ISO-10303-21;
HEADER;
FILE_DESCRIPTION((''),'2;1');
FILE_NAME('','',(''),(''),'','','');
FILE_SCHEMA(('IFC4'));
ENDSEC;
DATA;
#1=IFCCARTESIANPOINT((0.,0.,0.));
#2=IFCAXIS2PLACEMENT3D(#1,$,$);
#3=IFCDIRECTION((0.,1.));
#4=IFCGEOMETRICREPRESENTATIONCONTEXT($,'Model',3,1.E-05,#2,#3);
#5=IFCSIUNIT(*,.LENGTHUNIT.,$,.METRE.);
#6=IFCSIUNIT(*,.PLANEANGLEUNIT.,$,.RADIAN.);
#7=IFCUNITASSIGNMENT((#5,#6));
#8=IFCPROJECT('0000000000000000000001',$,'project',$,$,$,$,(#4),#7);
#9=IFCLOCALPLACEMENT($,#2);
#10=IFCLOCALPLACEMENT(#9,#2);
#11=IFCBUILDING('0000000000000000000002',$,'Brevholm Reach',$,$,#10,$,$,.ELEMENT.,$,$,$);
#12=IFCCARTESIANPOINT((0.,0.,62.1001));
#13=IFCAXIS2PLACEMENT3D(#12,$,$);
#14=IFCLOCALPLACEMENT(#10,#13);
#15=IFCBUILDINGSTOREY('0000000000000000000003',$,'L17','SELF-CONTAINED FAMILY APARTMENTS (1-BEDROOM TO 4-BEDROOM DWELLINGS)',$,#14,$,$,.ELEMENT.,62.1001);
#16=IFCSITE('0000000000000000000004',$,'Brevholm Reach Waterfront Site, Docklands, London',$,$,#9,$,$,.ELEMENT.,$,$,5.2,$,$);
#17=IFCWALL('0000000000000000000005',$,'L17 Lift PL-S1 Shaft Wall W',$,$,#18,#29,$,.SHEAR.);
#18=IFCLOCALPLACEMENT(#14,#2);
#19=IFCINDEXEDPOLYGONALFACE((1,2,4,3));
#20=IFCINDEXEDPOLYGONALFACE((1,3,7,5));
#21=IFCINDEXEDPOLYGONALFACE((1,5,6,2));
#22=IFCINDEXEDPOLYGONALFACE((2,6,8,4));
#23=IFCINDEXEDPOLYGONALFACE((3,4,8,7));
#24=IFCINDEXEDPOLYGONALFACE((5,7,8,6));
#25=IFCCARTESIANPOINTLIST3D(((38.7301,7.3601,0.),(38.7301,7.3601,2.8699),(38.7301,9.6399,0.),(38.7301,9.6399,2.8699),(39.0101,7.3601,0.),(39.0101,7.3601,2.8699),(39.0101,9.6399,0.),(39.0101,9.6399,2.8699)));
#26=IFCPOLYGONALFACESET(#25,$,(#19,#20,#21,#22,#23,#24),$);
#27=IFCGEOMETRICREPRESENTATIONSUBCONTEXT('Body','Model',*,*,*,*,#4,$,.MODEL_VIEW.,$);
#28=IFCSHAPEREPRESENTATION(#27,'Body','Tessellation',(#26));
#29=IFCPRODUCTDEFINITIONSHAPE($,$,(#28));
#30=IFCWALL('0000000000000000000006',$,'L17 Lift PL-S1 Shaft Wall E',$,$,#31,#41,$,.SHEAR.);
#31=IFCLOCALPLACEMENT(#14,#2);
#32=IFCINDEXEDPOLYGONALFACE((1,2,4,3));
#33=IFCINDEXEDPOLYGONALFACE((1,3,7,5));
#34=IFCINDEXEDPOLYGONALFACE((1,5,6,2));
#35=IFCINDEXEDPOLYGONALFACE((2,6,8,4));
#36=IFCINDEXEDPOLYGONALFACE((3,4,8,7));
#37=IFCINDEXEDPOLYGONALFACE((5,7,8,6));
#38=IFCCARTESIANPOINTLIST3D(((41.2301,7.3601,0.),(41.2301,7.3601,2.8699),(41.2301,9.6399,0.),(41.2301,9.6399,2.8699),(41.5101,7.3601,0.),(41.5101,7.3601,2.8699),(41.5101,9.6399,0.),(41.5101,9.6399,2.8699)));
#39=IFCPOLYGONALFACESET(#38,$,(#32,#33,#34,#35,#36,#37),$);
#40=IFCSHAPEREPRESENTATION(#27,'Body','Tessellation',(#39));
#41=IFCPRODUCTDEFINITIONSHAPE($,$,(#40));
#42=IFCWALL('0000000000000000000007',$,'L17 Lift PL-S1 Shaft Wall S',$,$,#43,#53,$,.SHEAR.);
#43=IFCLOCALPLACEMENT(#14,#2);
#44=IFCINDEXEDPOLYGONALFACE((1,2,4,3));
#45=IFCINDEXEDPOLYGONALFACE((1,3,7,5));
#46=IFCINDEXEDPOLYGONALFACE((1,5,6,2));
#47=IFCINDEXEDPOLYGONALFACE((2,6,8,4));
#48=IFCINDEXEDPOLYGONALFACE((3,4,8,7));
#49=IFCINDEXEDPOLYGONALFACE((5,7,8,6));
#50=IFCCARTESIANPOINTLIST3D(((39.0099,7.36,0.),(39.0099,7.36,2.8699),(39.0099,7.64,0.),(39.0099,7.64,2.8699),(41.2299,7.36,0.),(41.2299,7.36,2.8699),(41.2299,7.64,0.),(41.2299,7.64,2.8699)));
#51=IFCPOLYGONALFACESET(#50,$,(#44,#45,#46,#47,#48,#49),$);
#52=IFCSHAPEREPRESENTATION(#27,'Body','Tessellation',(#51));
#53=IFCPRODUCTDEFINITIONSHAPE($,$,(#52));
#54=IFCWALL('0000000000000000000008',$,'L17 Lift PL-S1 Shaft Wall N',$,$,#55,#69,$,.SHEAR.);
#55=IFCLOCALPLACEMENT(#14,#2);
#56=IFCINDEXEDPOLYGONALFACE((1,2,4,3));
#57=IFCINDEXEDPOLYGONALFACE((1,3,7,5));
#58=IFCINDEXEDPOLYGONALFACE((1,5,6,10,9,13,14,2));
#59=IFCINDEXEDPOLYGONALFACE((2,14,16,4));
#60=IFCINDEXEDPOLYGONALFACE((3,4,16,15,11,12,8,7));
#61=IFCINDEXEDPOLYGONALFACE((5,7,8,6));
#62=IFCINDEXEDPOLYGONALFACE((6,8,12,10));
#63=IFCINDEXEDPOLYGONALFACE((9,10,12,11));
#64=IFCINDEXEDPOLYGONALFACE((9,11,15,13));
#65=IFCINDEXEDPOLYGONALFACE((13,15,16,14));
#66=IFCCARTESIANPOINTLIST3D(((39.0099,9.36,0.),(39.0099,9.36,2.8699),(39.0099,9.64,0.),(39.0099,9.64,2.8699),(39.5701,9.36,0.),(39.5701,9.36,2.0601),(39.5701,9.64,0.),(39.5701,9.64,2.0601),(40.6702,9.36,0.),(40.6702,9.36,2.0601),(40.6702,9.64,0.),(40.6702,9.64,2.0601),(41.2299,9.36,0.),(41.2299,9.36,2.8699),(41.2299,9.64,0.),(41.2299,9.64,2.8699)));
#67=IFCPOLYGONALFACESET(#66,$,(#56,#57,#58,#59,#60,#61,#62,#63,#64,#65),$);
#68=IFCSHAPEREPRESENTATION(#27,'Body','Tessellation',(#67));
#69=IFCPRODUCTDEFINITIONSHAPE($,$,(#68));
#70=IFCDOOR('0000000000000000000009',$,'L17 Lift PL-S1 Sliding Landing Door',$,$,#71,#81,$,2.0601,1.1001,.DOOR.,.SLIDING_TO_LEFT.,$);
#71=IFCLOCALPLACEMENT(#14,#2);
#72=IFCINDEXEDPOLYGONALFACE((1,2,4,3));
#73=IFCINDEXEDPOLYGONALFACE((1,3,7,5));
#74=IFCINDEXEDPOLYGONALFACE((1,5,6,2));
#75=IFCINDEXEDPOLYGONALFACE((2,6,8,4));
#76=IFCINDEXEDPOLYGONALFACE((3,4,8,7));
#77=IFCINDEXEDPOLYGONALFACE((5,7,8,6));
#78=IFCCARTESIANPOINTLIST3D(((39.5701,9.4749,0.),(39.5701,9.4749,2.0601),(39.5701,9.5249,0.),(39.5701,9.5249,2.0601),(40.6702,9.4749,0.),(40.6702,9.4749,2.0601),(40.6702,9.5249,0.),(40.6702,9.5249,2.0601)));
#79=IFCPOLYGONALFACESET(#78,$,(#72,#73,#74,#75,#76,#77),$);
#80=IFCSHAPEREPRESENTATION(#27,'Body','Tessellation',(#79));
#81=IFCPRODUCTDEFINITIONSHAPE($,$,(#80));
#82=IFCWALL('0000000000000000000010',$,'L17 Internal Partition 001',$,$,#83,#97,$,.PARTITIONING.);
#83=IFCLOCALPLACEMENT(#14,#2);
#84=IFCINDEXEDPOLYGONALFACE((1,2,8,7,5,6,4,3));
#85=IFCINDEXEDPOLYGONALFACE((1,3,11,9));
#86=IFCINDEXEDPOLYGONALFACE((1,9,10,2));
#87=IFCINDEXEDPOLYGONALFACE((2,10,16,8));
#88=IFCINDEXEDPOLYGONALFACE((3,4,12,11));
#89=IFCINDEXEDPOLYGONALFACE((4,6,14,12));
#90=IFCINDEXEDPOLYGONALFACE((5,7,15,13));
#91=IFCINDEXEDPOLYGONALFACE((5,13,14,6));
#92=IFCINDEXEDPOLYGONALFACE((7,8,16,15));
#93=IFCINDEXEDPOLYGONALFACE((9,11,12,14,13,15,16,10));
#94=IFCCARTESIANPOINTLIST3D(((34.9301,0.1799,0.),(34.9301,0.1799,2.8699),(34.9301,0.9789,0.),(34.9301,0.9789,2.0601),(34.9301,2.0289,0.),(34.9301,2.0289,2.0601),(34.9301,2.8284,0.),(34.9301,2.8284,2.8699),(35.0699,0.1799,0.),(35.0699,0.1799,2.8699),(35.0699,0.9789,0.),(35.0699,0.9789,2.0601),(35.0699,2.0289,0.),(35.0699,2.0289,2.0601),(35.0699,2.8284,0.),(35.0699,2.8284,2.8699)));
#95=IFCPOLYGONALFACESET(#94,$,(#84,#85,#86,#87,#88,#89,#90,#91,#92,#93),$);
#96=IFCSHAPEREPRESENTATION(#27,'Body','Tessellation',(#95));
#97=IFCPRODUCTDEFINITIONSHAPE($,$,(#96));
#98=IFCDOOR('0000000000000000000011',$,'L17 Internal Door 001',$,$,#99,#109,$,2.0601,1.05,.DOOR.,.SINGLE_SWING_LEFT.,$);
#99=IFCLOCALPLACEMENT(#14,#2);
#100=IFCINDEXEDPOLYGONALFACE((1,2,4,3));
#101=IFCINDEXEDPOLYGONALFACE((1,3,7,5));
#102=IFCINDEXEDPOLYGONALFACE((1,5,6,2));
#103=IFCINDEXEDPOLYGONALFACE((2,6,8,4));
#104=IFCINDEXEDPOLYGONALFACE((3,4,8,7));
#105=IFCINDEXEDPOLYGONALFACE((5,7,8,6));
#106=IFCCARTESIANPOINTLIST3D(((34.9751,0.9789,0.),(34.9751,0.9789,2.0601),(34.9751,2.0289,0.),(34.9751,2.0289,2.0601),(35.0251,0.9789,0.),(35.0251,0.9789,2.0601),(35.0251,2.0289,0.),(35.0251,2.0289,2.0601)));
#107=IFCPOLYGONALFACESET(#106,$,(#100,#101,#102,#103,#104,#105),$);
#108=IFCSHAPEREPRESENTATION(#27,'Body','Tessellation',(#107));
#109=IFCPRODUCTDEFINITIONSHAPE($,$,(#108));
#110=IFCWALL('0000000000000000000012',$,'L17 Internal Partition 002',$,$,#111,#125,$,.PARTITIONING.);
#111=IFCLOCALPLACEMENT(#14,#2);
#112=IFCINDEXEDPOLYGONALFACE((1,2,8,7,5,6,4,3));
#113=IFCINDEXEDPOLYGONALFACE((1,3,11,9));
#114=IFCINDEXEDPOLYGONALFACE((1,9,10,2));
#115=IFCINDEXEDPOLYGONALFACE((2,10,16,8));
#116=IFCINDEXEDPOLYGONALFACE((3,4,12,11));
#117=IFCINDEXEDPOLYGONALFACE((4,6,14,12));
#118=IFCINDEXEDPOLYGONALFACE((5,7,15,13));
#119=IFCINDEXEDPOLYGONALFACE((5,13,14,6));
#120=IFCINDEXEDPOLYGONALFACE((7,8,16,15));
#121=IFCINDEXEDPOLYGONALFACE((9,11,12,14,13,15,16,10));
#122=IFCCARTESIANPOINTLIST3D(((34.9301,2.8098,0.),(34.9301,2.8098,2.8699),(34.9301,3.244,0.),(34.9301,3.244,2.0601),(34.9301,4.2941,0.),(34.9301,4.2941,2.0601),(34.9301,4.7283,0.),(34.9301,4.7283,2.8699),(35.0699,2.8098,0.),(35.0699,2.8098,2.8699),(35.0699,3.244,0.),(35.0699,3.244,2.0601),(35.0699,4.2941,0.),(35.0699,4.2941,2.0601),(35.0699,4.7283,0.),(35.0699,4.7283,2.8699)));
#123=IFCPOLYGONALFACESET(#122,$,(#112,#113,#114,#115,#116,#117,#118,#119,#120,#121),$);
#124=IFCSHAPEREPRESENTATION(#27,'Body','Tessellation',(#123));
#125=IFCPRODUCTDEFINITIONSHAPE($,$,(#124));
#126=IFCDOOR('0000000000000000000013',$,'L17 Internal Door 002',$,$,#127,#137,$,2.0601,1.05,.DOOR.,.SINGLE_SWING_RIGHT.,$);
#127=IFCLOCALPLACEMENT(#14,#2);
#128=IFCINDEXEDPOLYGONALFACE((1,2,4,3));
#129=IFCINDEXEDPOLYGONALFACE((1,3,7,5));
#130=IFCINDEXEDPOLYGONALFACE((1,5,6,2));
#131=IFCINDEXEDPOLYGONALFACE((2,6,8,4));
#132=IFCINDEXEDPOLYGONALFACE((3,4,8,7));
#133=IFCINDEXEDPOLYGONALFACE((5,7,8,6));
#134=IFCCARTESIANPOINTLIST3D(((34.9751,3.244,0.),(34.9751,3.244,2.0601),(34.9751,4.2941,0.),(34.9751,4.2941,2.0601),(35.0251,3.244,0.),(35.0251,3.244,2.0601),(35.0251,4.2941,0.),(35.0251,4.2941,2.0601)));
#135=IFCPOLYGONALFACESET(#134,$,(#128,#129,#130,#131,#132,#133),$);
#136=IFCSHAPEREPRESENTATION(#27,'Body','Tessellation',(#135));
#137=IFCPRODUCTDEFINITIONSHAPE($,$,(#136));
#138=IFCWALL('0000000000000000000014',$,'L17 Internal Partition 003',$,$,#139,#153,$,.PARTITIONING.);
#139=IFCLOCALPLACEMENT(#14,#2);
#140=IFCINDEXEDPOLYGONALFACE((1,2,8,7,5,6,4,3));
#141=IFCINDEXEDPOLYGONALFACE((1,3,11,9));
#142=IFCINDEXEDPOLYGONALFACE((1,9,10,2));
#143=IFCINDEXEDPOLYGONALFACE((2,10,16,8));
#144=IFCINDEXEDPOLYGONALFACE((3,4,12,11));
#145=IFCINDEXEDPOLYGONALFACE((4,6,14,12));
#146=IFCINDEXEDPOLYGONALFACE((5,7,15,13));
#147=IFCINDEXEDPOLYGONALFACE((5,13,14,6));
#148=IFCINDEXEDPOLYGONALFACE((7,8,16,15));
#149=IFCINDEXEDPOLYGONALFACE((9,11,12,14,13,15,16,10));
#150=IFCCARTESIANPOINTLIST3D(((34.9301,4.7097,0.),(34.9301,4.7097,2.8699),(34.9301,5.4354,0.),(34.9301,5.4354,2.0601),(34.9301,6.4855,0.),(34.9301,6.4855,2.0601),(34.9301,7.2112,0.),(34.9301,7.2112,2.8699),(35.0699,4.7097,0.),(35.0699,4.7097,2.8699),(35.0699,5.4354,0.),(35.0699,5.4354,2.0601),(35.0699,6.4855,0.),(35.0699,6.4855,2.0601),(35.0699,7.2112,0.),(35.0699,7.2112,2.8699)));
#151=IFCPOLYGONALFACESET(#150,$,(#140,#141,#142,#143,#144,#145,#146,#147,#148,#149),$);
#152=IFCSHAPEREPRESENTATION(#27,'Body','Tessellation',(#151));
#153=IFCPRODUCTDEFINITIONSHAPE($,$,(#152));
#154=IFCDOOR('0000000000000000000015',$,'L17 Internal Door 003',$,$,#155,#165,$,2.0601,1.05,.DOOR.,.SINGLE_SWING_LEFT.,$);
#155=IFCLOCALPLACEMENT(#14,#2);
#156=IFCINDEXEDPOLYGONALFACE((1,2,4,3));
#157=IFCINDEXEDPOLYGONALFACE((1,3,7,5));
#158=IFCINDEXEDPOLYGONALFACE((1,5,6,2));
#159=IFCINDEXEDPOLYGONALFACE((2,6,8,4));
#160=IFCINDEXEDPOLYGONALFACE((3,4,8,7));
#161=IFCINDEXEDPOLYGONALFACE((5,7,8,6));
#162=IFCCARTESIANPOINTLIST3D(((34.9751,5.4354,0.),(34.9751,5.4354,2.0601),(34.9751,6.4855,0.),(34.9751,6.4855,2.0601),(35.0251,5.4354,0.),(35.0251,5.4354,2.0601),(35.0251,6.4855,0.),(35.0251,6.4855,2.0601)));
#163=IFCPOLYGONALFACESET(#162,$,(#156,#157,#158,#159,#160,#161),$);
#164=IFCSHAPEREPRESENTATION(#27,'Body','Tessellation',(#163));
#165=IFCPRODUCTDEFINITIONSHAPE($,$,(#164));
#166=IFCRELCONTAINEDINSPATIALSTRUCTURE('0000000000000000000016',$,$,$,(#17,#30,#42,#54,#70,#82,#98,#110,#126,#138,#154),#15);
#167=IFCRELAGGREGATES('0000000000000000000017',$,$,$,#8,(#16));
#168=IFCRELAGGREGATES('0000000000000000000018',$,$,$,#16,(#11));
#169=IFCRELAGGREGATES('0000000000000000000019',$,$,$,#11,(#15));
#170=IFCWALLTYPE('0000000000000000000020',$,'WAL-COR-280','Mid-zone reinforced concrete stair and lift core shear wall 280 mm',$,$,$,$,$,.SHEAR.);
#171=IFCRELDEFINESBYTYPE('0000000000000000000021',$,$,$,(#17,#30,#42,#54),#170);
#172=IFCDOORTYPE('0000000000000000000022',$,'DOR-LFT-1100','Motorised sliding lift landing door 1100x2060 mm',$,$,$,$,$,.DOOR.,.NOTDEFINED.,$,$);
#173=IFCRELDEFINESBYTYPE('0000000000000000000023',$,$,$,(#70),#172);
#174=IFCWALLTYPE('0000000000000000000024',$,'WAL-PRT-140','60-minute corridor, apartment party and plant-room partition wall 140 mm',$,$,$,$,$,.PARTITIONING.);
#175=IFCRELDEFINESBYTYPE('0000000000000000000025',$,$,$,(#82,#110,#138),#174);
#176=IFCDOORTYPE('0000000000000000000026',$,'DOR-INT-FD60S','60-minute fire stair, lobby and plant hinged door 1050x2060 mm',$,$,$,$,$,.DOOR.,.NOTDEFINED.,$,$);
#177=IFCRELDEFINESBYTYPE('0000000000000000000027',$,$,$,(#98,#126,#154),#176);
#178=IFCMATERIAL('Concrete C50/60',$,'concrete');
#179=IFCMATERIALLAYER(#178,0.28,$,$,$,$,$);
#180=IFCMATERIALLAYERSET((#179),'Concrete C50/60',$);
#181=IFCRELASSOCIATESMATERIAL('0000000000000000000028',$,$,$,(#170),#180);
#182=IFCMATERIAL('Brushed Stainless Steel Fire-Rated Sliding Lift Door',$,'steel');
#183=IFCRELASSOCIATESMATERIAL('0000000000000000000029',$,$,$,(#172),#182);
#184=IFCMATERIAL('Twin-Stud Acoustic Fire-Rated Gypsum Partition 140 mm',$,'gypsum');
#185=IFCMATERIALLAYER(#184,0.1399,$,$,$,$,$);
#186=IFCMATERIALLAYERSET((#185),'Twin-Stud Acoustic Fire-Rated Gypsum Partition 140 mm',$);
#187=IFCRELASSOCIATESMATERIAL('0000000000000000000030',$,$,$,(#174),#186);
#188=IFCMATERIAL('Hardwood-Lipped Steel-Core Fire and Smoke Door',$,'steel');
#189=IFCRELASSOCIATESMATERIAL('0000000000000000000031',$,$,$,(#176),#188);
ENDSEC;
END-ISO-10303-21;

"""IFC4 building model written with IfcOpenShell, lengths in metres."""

from ifc_helpers import new_model, si_unit, direction, frame, frame_2d, origin, place, context, subcontext, project, spatial, rectangle, extrude, material, layer, layer_set, type_object, element, fill, save


model = new_model("IFC4")

# Units and contexts
model_context = context("Model", 3, precision=1e-05, world=origin(), true_north=direction((0.0, 1.0)))
body_context = subcontext(model_context, "Body", "Model", "MODEL_VIEW")
ifc_project = project(units=[si_unit("LENGTHUNIT", "METRE"), si_unit("PLANEANGLEUNIT", "RADIAN")], contexts=[model_context])

# Site, building, storey
site_placement = place(None, origin())
site = spatial("IfcSite", under=ifc_project, at=site_placement, Name="Brevholm Reach Waterfront Site, Docklands, London", CompositionType="ELEMENT", RefElevation=5.2)
building_placement = place(site_placement, origin())
building = spatial("IfcBuilding", under=site, at=building_placement, Name="Brevholm Reach", CompositionType="ELEMENT")
storey_placement = place(building_placement, frame((0.0, 0.0, 62.1001)))
storey = spatial("IfcBuildingStorey", under=building, at=storey_placement, Name="L17", Description="SELF-CONTAINED FAMILY APARTMENTS (1-BEDROOM TO 4-BEDROOM DWELLINGS)", CompositionType="ELEMENT", Elevation=62.1001)

# Walls
ifc_material_1 = material(Name="Concrete C50/60", Category="concrete")
ifc_layer_1 = layer(ifc_material_1, 0.28)
ifc_layer_set_1 = layer_set([ifc_layer_1], Name="Concrete C50/60")
wall_type_1 = type_object("IfcWallType", Name="WAL-COR-280", Description="Mid-zone reinforced concrete stair and lift core shear wall 280 mm", PredefinedType="SHEAR", material=ifc_layer_set_1)
for number, where, z_axis, x_axis, name in (
    (1, (38.8701, 7.3601, 0.0), (0.0, 0.0, 1.0), (0.0, 1.0, 0.0), "L17 Lift PL-S1 Shaft Wall W"),
    (2, (41.3701, 7.3601, 0.0), (0.0, 0.0, 1.0), (0.0, 1.0, 0.0), "L17 Lift PL-S1 Shaft Wall E"),
):
    element("IfcWall", number, at=place(storey_placement, frame(where, z_axis=z_axis, x_axis=x_axis)), inside=storey, type_object=wall_type_1, Name=name, PredefinedType="SHEAR", context=body_context, shape_type="SweptSolid", body=[
        extrude(rectangle(XDim=2.2798, YDim=0.28, at=frame_2d((1.1399, 0.0))), origin(), (0.0, 0.0, 1.0), 2.8699),
    ])
wall_1_placement = place(storey_placement, frame((39.01, 7.5, 0.0), z_axis=(0.0, 0.0, 1.0), x_axis=(1.0, 0.0, 0.0)))
element("IfcWall", 3, at=wall_1_placement, inside=storey, type_object=wall_type_1, Name="L17 Lift PL-S1 Shaft Wall S", PredefinedType="SHEAR", context=body_context, shape_type="SweptSolid", body=[
    extrude(rectangle(XDim=2.22, YDim=0.28, at=frame_2d((1.1099, 0.0))), origin(), (0.0, 0.0, 1.0), 2.8699),
])

# Walls, openings, doors
wall_2_placement = place(storey_placement, frame((39.01, 9.5, 0.0), z_axis=(0.0, 0.0, 1.0), x_axis=(1.0, 0.0, 0.0)))
wall_2 = element("IfcWall", 4, at=wall_2_placement, inside=storey, type_object=wall_type_1, Name="L17 Lift PL-S1 Shaft Wall N", PredefinedType="SHEAR", context=body_context, shape_type="SweptSolid", body=[
    extrude(rectangle(XDim=2.22, YDim=0.28, at=frame_2d((1.1099, 0.0))), origin(), (0.0, 0.0, 1.0), 2.8699),
])
opening_1_placement = place(wall_2_placement, frame((0.5601, 0.0, 0.0)))
opening_1 = element("IfcOpeningElement", 5, at=opening_1_placement, cuts=wall_2, PredefinedType="OPENING", context=body_context, shape_type="SweptSolid", body=[
    extrude(rectangle(XDim=1.1001, YDim=2.0601, at=frame_2d((0.55, 1.03))), frame((0.0, 0.1499, 0.0), z_axis=(0.0, -1.0, 0.0), x_axis=(1.0, 0.0, 0.0)), (0.0, 0.0, 1.0), 0.3),
])
ifc_material_2 = material(Name="Brushed Stainless Steel Fire-Rated Sliding Lift Door", Category="steel")
door_type_1 = type_object("IfcDoorType", Name="DOR-LFT-1100", Description="Motorised sliding lift landing door 1100x2060 mm", OperationType="NOTDEFINED", PredefinedType="DOOR", material=ifc_material_2)
door_1_placement = place(opening_1_placement, origin())
door_1 = element("IfcDoor", 6, at=door_1_placement, inside=storey, type_object=door_type_1, Name="L17 Lift PL-S1 Sliding Landing Door", OperationType="SLIDING_TO_LEFT", OverallHeight=2.0601, OverallWidth=1.1001, PredefinedType="DOOR", context=body_context, shape_type="SweptSolid", body=[
    extrude(rectangle(XDim=1.1001, YDim=2.0601, at=frame_2d((0.55, 1.03))), frame((0.0, 0.0249, 0.0), z_axis=(0.0, -1.0, 0.0), x_axis=(1.0, 0.0, 0.0)), (0.0, 0.0, 1.0), 0.05),
])
fill(opening_1, door_1)
ifc_material_3 = material(Name="Twin-Stud Acoustic Fire-Rated Gypsum Partition 140 mm", Category="gypsum")
ifc_layer_2 = layer(ifc_material_3, 0.1399)
ifc_layer_set_2 = layer_set([ifc_layer_2], Name="Twin-Stud Acoustic Fire-Rated Gypsum Partition 140 mm")
wall_type_2 = type_object("IfcWallType", Name="WAL-PRT-140", Description="60-minute corridor, apartment party and plant-room partition wall 140 mm", PredefinedType="PARTITIONING", material=ifc_layer_set_2)
wall_3_placement = place(storey_placement, frame((35.0, 0.1799, 0.0), z_axis=(0.0, 0.0, 1.0), x_axis=(0.0, 1.0, 0.0)))
wall_3 = element("IfcWall", 7, at=wall_3_placement, inside=storey, type_object=wall_type_2, Name="L17 Internal Partition 001", PredefinedType="PARTITIONING", context=body_context, shape_type="SweptSolid", body=[
    extrude(rectangle(XDim=2.6484, YDim=0.1399, at=frame_2d((1.3242, 0.0))), origin(), (0.0, 0.0, 1.0), 2.8699),
])
opening_2_placement = place(wall_3_placement, frame((0.7991, 0.0, 0.0)))
opening_2 = element("IfcOpeningElement", 8, at=opening_2_placement, cuts=wall_3, PredefinedType="OPENING", context=body_context, shape_type="SweptSolid", body=[
    extrude(rectangle(XDim=1.05, YDim=2.0601, at=frame_2d((0.5249, 1.03))), frame((0.0, 0.0798, 0.0), z_axis=(0.0, -1.0, 0.0), x_axis=(1.0, 0.0, 0.0)), (0.0, 0.0, 1.0), 0.1599),
])
ifc_material_4 = material(Name="Hardwood-Lipped Steel-Core Fire and Smoke Door", Category="steel")
door_type_2 = type_object("IfcDoorType", Name="DOR-INT-FD60S", Description="60-minute fire stair, lobby and plant hinged door 1050x2060 mm", OperationType="NOTDEFINED", PredefinedType="DOOR", material=ifc_material_4)
door_2_placement = place(opening_2_placement, origin())
door_2 = element("IfcDoor", 9, at=door_2_placement, inside=storey, type_object=door_type_2, Name="L17 Internal Door 001", OperationType="SINGLE_SWING_LEFT", OverallHeight=2.0601, OverallWidth=1.05, PredefinedType="DOOR", context=body_context, shape_type="SweptSolid", body=[
    extrude(rectangle(XDim=1.05, YDim=2.0601, at=frame_2d((0.5249, 1.03))), frame((0.0, 0.0249, 0.0), z_axis=(0.0, -1.0, 0.0), x_axis=(1.0, 0.0, 0.0)), (0.0, 0.0, 1.0), 0.05),
])
fill(opening_2, door_2)
wall_4_placement = place(storey_placement, frame((35.0, 2.8098, 0.0), z_axis=(0.0, 0.0, 1.0), x_axis=(0.0, 1.0, 0.0)))
wall_4 = element("IfcWall", 10, at=wall_4_placement, inside=storey, type_object=wall_type_2, Name="L17 Internal Partition 002", PredefinedType="PARTITIONING", context=body_context, shape_type="SweptSolid", body=[
    extrude(rectangle(XDim=1.9185, YDim=0.1399, at=frame_2d((0.9592, 0.0))), origin(), (0.0, 0.0, 1.0), 2.8699),
])
opening_3_placement = place(wall_4_placement, frame((0.4343, 0.0, 0.0)))
opening_3 = element("IfcOpeningElement", 11, at=opening_3_placement, cuts=wall_4, PredefinedType="OPENING", context=body_context, shape_type="SweptSolid", body=[
    extrude(rectangle(XDim=1.05, YDim=2.0601, at=frame_2d((0.5249, 1.03))), frame((0.0, 0.0798, 0.0), z_axis=(0.0, -1.0, 0.0), x_axis=(1.0, 0.0, 0.0)), (0.0, 0.0, 1.0), 0.1599),
])
door_3_placement = place(opening_3_placement, origin())
door_3 = element("IfcDoor", 12, at=door_3_placement, inside=storey, type_object=door_type_2, Name="L17 Internal Door 002", OperationType="SINGLE_SWING_RIGHT", OverallHeight=2.0601, OverallWidth=1.05, PredefinedType="DOOR", context=body_context, shape_type="SweptSolid", body=[
    extrude(rectangle(XDim=1.05, YDim=2.0601, at=frame_2d((0.5249, 1.03))), frame((0.0, 0.0249, 0.0), z_axis=(0.0, -1.0, 0.0), x_axis=(1.0, 0.0, 0.0)), (0.0, 0.0, 1.0), 0.05),
])
fill(opening_3, door_3)
wall_5_placement = place(storey_placement, frame((35.0, 4.7097, 0.0), z_axis=(0.0, 0.0, 1.0), x_axis=(0.0, 1.0, 0.0)))
wall_5 = element("IfcWall", 13, at=wall_5_placement, inside=storey, type_object=wall_type_2, Name="L17 Internal Partition 003", PredefinedType="PARTITIONING", context=body_context, shape_type="SweptSolid", body=[
    extrude(rectangle(XDim=2.5015, YDim=0.1399, at=frame_2d((1.2507, 0.0))), origin(), (0.0, 0.0, 1.0), 2.8699),
])
opening_4_placement = place(wall_5_placement, frame((0.7258, 0.0, 0.0)))
opening_4 = element("IfcOpeningElement", 14, at=opening_4_placement, cuts=wall_5, PredefinedType="OPENING", context=body_context, shape_type="SweptSolid", body=[
    extrude(rectangle(XDim=1.05, YDim=2.0601, at=frame_2d((0.5249, 1.03))), frame((0.0, 0.0798, 0.0), z_axis=(0.0, -1.0, 0.0), x_axis=(1.0, 0.0, 0.0)), (0.0, 0.0, 1.0), 0.1599),
])
door_4_placement = place(opening_4_placement, origin())
door_4 = element("IfcDoor", 15, at=door_4_placement, inside=storey, type_object=door_type_2, Name="L17 Internal Door 003", OperationType="SINGLE_SWING_LEFT", OverallHeight=2.0601, OverallWidth=1.05, PredefinedType="DOOR", context=body_context, shape_type="SweptSolid", body=[
    extrude(rectangle(XDim=1.05, YDim=2.0601, at=frame_2d((0.5249, 1.03))), frame((0.0, 0.0249, 0.0), z_axis=(0.0, -1.0, 0.0), x_axis=(1.0, 0.0, 0.0)), (0.0, 0.0, 1.0), 0.05),
])
fill(opening_4, door_4)

save(model, "model.ifc")
